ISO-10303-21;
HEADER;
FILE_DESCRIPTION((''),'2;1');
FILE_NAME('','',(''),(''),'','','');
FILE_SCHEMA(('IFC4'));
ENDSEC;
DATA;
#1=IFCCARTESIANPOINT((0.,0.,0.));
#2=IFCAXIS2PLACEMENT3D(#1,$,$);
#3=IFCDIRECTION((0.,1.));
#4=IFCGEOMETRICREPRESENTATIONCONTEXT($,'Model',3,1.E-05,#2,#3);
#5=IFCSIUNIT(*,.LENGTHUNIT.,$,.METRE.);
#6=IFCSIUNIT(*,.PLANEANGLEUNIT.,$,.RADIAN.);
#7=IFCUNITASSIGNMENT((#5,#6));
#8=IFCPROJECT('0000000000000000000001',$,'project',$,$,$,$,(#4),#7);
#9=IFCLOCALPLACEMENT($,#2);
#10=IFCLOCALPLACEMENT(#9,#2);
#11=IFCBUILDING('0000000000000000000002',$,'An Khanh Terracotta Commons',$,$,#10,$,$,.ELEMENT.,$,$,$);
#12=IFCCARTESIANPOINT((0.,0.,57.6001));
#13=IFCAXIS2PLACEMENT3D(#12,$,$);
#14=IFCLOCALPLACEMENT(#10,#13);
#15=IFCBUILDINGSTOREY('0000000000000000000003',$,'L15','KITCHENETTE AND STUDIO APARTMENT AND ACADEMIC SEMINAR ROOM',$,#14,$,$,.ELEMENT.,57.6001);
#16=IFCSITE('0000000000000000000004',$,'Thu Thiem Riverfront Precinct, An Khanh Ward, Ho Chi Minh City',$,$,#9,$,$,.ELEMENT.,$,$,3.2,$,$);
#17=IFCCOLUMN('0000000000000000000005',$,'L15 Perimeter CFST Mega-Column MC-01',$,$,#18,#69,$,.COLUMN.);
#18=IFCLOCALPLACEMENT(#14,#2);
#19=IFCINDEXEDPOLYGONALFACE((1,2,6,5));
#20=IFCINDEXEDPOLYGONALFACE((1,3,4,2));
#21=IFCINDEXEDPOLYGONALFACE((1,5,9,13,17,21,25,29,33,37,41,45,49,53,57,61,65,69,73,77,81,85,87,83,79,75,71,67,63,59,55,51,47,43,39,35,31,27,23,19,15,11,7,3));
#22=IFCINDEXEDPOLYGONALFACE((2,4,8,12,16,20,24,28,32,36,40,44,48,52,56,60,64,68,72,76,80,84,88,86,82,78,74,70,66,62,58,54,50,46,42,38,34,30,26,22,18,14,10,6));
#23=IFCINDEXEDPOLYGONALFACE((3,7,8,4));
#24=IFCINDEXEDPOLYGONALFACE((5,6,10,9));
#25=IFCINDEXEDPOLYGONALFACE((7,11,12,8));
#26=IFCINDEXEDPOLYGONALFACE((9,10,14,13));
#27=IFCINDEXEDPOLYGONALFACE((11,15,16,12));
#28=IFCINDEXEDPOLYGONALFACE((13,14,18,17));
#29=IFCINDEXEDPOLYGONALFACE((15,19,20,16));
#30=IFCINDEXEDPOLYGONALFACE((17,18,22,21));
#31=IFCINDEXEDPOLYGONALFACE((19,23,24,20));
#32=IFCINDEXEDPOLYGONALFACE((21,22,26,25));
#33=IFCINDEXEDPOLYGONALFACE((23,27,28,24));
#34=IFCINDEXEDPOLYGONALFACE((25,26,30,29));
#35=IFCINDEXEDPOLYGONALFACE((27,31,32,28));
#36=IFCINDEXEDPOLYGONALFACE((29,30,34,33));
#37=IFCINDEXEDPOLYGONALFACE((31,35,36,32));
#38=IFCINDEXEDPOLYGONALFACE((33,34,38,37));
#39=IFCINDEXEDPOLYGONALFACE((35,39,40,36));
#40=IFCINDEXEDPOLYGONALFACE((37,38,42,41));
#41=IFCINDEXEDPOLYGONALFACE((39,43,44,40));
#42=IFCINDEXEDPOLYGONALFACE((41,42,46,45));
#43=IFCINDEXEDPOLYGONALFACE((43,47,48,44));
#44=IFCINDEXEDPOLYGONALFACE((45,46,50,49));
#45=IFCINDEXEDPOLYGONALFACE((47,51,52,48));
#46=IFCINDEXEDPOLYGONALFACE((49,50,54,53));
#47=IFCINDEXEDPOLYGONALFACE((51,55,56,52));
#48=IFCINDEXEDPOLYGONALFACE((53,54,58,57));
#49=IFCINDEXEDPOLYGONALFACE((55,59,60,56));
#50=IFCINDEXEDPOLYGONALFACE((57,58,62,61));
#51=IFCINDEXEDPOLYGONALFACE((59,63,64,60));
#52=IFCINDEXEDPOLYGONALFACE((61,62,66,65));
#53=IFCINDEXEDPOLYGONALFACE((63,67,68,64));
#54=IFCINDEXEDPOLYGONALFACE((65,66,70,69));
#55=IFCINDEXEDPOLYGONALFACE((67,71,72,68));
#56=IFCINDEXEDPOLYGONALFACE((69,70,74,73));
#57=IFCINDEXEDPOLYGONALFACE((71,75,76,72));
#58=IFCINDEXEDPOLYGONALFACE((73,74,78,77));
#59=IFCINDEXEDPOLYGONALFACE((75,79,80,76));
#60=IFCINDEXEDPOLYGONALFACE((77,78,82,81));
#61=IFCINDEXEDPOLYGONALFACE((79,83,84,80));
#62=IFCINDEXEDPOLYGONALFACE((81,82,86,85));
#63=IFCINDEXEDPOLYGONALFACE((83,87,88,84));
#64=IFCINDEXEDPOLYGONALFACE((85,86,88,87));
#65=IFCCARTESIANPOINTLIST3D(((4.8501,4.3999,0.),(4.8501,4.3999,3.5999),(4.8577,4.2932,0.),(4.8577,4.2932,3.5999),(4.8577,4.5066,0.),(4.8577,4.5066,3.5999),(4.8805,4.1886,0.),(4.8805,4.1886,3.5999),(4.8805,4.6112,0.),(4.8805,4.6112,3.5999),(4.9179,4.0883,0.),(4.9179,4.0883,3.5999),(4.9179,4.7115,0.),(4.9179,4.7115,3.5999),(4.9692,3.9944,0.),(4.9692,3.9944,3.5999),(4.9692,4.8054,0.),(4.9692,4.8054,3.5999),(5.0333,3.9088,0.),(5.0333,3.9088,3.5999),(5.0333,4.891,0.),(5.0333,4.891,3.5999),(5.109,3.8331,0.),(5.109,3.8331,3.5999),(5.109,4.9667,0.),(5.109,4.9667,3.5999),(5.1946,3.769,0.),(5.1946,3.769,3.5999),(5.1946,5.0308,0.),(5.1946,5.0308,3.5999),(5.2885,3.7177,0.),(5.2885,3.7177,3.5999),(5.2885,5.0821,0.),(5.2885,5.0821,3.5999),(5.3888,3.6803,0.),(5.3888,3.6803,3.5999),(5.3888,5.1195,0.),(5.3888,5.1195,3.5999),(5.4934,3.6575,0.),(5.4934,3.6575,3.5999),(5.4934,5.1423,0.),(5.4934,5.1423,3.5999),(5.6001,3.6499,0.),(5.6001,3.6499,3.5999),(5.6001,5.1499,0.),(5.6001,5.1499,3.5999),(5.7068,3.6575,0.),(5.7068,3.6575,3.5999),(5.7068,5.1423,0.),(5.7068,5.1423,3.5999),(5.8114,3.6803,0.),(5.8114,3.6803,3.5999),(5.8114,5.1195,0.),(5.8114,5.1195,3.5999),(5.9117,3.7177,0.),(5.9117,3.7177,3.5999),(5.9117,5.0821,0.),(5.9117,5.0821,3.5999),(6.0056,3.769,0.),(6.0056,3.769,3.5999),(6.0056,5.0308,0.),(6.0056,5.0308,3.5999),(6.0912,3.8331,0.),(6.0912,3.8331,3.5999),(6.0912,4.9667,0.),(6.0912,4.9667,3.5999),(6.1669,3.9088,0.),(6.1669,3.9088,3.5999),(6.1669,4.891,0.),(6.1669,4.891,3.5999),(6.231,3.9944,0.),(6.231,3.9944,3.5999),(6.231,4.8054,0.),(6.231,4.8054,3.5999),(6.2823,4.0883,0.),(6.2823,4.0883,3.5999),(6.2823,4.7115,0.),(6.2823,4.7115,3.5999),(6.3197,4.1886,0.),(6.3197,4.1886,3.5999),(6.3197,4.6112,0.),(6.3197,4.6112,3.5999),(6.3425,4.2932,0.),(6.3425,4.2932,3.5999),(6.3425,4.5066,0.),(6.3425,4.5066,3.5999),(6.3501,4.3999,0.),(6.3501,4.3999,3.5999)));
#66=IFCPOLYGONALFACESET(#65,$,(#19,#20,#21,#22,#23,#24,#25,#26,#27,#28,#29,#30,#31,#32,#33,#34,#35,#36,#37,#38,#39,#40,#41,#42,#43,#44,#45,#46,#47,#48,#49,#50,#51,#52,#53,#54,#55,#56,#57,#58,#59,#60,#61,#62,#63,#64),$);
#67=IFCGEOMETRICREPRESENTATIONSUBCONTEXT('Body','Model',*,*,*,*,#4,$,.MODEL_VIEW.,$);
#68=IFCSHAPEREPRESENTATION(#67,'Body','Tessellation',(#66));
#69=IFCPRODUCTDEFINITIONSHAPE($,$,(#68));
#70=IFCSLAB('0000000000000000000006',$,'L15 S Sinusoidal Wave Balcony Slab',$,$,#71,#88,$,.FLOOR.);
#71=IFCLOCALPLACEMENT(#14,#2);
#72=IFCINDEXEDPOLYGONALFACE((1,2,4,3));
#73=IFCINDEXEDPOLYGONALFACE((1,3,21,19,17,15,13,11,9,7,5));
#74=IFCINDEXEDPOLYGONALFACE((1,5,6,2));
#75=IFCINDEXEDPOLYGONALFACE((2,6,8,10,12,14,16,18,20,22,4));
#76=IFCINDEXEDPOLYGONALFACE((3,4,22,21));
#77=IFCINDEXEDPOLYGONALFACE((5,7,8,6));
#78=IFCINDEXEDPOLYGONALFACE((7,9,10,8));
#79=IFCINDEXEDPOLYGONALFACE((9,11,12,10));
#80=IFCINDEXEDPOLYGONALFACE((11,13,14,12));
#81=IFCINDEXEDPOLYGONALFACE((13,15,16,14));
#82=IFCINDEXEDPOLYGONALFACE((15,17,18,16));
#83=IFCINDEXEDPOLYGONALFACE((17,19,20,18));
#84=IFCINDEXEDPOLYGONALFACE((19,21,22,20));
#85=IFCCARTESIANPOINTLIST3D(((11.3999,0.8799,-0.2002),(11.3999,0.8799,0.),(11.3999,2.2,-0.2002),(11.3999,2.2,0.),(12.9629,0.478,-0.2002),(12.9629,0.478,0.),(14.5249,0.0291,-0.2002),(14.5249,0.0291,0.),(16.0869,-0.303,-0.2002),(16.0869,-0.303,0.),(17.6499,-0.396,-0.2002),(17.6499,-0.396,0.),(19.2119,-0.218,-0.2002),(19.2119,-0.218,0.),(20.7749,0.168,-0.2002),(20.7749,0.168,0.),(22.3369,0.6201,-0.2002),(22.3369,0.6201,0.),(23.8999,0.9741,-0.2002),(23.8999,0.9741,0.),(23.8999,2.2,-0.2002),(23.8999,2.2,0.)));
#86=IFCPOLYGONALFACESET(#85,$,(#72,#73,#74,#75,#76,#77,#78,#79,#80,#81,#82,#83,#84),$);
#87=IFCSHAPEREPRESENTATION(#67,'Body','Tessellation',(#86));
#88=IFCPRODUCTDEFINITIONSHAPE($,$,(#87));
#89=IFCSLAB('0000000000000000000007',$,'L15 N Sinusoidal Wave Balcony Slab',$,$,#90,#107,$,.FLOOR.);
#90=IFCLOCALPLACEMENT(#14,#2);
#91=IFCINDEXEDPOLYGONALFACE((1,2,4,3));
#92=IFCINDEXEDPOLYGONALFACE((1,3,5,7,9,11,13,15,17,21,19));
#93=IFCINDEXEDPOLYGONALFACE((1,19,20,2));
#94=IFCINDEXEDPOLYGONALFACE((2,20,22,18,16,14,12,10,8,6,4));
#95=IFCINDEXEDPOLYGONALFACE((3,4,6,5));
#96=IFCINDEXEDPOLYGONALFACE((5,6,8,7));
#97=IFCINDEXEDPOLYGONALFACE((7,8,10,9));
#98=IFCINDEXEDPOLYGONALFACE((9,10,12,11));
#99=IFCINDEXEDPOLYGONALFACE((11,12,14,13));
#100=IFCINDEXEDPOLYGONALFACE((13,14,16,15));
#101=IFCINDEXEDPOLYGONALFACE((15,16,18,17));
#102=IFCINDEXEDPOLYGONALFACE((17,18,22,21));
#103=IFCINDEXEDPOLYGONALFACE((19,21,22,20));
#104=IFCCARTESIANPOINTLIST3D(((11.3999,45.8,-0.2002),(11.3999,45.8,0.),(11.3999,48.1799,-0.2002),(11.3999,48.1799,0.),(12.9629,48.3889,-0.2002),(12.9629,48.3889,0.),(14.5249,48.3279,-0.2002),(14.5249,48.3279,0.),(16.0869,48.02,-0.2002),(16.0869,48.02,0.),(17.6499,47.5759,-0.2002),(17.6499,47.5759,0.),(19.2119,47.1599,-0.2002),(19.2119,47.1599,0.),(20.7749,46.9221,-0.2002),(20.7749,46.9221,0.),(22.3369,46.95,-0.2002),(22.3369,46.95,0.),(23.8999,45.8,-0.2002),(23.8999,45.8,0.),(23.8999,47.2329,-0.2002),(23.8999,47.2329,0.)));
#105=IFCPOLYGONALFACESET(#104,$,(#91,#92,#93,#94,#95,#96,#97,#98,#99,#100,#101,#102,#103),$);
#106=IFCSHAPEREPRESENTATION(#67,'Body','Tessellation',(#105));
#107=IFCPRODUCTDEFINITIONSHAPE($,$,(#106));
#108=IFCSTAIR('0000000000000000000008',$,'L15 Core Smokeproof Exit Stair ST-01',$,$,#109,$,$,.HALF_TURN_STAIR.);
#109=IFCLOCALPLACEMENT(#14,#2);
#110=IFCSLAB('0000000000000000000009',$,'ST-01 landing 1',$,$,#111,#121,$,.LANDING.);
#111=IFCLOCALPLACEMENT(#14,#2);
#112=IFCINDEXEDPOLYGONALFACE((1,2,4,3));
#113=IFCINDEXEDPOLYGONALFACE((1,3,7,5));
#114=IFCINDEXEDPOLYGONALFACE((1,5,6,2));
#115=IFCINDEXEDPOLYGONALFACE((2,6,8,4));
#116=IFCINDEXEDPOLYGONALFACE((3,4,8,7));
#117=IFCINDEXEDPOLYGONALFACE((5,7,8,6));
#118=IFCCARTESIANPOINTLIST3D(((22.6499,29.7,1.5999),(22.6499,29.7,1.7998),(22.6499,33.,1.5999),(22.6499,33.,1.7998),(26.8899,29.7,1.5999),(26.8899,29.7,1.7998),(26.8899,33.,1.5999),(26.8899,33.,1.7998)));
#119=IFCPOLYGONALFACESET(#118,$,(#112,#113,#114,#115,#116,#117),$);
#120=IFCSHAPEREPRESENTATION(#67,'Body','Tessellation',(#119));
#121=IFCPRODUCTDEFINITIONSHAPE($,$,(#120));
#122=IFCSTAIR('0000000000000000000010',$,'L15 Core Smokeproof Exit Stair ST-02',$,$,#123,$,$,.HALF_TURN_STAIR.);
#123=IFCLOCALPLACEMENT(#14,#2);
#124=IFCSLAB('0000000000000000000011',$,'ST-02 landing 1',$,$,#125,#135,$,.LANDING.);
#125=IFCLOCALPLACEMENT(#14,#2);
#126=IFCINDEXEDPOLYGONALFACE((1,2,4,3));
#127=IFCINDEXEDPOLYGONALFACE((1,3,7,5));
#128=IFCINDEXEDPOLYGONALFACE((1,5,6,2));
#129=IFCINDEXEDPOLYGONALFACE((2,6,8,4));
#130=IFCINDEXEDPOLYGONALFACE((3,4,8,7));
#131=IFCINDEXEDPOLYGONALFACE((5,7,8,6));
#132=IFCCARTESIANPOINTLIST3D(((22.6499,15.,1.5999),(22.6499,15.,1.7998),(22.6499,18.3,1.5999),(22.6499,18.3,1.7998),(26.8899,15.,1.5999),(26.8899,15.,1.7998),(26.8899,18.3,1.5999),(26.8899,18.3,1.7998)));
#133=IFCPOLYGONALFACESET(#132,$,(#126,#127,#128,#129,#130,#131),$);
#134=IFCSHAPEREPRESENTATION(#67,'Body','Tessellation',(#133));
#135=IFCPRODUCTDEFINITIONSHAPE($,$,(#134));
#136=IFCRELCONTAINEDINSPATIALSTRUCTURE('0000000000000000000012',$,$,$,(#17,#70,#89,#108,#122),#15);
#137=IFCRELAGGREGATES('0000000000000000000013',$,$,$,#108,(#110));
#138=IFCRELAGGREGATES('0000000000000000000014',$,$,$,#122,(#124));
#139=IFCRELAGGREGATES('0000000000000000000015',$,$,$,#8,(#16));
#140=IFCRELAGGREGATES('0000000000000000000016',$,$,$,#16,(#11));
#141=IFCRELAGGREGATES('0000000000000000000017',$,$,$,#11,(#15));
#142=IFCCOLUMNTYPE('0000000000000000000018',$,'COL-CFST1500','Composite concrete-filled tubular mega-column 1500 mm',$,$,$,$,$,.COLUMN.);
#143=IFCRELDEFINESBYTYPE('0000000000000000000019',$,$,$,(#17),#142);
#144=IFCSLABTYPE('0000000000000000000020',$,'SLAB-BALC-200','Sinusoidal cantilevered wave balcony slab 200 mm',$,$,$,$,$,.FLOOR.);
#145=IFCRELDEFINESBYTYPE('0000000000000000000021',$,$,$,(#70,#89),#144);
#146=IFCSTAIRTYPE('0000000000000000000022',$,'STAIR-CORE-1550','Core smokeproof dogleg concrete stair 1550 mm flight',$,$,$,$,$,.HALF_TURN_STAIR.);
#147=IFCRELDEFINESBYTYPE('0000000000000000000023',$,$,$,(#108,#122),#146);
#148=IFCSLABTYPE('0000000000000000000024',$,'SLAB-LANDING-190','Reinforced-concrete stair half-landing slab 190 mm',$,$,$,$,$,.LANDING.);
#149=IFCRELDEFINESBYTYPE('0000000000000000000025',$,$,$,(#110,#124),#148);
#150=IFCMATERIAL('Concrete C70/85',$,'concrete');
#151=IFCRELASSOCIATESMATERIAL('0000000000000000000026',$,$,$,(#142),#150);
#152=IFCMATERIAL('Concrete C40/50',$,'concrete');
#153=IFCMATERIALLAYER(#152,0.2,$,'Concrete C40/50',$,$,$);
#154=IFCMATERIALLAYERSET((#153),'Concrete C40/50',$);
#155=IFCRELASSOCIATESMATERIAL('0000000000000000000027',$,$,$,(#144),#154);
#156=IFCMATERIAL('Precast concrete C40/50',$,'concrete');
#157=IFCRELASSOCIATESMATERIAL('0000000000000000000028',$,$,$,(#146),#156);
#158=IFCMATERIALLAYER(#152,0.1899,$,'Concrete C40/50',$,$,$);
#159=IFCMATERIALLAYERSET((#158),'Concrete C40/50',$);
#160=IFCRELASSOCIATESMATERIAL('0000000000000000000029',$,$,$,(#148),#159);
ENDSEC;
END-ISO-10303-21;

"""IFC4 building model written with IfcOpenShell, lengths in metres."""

from ifc_helpers import new_model, si_unit, direction, frame, origin, origin_2d, place, context, subcontext, project, spatial, polyline, circle, outline, extrude, material, layer, layer_set, material_profile, profile_set, type_object, element, aggregate, save


model = new_model("IFC4")

# Units and contexts
model_context = context("Model", 3, precision=1e-05, world=origin(), true_north=direction((0.0, 1.0)))
body_context = subcontext(model_context, "Body", "Model", "MODEL_VIEW")
ifc_project = project(units=[si_unit("LENGTHUNIT", "METRE"), si_unit("PLANEANGLEUNIT", "RADIAN")], contexts=[model_context])

# Site, building, storey
site_placement = place(None, origin())
site = spatial("IfcSite", under=ifc_project, at=site_placement, Name="Thu Thiem Riverfront Precinct, An Khanh Ward, Ho Chi Minh City", CompositionType="ELEMENT", RefElevation=3.2)
building_placement = place(site_placement, origin())
building = spatial("IfcBuilding", under=site, at=building_placement, Name="An Khanh Terracotta Commons", CompositionType="ELEMENT")
storey_placement = place(building_placement, frame((0.0, 0.0, 57.6001)))
storey = spatial("IfcBuildingStorey", under=building, at=storey_placement, Name="L15", Description="KITCHENETTE AND STUDIO APARTMENT AND ACADEMIC SEMINAR ROOM", CompositionType="ELEMENT", Elevation=57.6001)

# Column
ifc_material_1 = material(Name="Concrete C70/85", Category="concrete")
ifc_material_profile = material_profile(ifc_material_1, circle(Radius=0.75, at=origin_2d()), Name="CFST1500")
ifc_profile_set = profile_set([ifc_material_profile], Name="Concrete C70/85")
column_type = type_object("IfcColumnType", Name="COL-CFST1500", Description="Composite concrete-filled tubular mega-column 1500 mm", PredefinedType="COLUMN", material=ifc_profile_set)
column_placement = place(storey_placement, frame((5.6001, 4.3999, 0.0), z_axis=(0.0, 0.0, 1.0), x_axis=(1.0, 0.0, 0.0)))
element("IfcColumn", 1, at=column_placement, inside=storey, type_object=column_type, Name="L15 Perimeter CFST Mega-Column MC-01", PredefinedType="COLUMN", context=body_context, shape_type="SweptSolid", body=[
    extrude(circle(Radius=0.75, at=origin_2d()), origin(), (0.0, 0.0, 1.0), 3.5999),
])

# Slabs
ifc_material_2 = material(Name="Concrete C40/50", Category="concrete")
ifc_layer_1 = layer(ifc_material_2, 0.2, Name="Concrete C40/50")
ifc_layer_set_1 = layer_set([ifc_layer_1], Name="Concrete C40/50")
slab_type_1 = type_object("IfcSlabType", Name="SLAB-BALC-200", Description="Sinusoidal cantilevered wave balcony slab 200 mm", PredefinedType="FLOOR", material=ifc_layer_set_1)
slab_1_placement = place(storey_placement, frame((0.0, 0.0, -0.2002)))
element("IfcSlab", 2, at=slab_1_placement, inside=storey, type_object=slab_type_1, Name="L15 S Sinusoidal Wave Balcony Slab", PredefinedType="FLOOR", context=body_context, shape_type="SweptSolid", body=[
    extrude(outline(polyline([(11.3999, 2.2), (11.3999, 0.8799), (12.9629, 0.478), (14.5249, 0.0291), (16.0869, -0.303), (17.6499, -0.396), (19.2119, -0.218), (20.7749, 0.168), (22.3369, 0.6201), (23.8999, 0.9741), (23.8999, 2.2), (11.3999, 2.2)])), origin(), (0.0, 0.0, 1.0), 0.2002),
])
slab_2_placement = place(storey_placement, frame((0.0, 0.0, -0.2002)))
element("IfcSlab", 3, at=slab_2_placement, inside=storey, type_object=slab_type_1, Name="L15 N Sinusoidal Wave Balcony Slab", PredefinedType="FLOOR", context=body_context, shape_type="SweptSolid", body=[
    extrude(outline(polyline([(23.8999, 45.8), (23.8999, 47.2329), (22.3369, 46.95), (20.7749, 46.9221), (19.2119, 47.1599), (17.6499, 47.5759), (16.0869, 48.02), (14.5249, 48.3279), (12.9629, 48.3889), (11.3999, 48.1799), (11.3999, 45.8), (23.8999, 45.8)])), origin(), (0.0, 0.0, 1.0), 0.2002),
])

# Stairs, slabs
ifc_material_3 = material(Name="Precast concrete C40/50", Category="concrete")
stair_type = type_object("IfcStairType", Name="STAIR-CORE-1550", Description="Core smokeproof dogleg concrete stair 1550 mm flight", PredefinedType="HALF_TURN_STAIR", material=ifc_material_3)
stair_1_placement = place(storey_placement, origin())
stair_1 = element("IfcStair", 4, at=stair_1_placement, inside=storey, type_object=stair_type, Name="L15 Core Smokeproof Exit Stair ST-01", PredefinedType="HALF_TURN_STAIR")
ifc_layer_2 = layer(ifc_material_2, 0.1899, Name="Concrete C40/50")
ifc_layer_set_2 = layer_set([ifc_layer_2], Name="Concrete C40/50")
slab_type_2 = type_object("IfcSlabType", Name="SLAB-LANDING-190", Description="Reinforced-concrete stair half-landing slab 190 mm", PredefinedType="LANDING", material=ifc_layer_set_2)
slab_3_placement = place(storey_placement, frame((0.0, 0.0, 1.5999)))
slab_3 = element("IfcSlab", 5, at=slab_3_placement, type_object=slab_type_2, Name="ST-01 landing 1", PredefinedType="LANDING", context=body_context, shape_type="SweptSolid", body=[
    extrude(outline(polyline([(26.8899, 33.0), (22.6499, 33.0), (22.6499, 29.7), (26.8899, 29.7), (26.8899, 33.0)])), origin(), (0.0, 0.0, 1.0), 0.2),
])
aggregate(stair_1, [slab_3])
stair_2_placement = place(storey_placement, origin())
stair_2 = element("IfcStair", 6, at=stair_2_placement, inside=storey, type_object=stair_type, Name="L15 Core Smokeproof Exit Stair ST-02", PredefinedType="HALF_TURN_STAIR")
slab_4_placement = place(storey_placement, frame((0.0, 0.0, 1.5999)))
slab_4 = element("IfcSlab", 7, at=slab_4_placement, type_object=slab_type_2, Name="ST-02 landing 1", PredefinedType="LANDING", context=body_context, shape_type="SweptSolid", body=[
    extrude(outline(polyline([(26.8899, 18.3), (22.6499, 18.3), (22.6499, 15.0), (26.8899, 15.0), (26.8899, 18.3)])), origin(), (0.0, 0.0, 1.0), 0.2),
])
aggregate(stair_2, [slab_4])

save(model, "model.ifc")
